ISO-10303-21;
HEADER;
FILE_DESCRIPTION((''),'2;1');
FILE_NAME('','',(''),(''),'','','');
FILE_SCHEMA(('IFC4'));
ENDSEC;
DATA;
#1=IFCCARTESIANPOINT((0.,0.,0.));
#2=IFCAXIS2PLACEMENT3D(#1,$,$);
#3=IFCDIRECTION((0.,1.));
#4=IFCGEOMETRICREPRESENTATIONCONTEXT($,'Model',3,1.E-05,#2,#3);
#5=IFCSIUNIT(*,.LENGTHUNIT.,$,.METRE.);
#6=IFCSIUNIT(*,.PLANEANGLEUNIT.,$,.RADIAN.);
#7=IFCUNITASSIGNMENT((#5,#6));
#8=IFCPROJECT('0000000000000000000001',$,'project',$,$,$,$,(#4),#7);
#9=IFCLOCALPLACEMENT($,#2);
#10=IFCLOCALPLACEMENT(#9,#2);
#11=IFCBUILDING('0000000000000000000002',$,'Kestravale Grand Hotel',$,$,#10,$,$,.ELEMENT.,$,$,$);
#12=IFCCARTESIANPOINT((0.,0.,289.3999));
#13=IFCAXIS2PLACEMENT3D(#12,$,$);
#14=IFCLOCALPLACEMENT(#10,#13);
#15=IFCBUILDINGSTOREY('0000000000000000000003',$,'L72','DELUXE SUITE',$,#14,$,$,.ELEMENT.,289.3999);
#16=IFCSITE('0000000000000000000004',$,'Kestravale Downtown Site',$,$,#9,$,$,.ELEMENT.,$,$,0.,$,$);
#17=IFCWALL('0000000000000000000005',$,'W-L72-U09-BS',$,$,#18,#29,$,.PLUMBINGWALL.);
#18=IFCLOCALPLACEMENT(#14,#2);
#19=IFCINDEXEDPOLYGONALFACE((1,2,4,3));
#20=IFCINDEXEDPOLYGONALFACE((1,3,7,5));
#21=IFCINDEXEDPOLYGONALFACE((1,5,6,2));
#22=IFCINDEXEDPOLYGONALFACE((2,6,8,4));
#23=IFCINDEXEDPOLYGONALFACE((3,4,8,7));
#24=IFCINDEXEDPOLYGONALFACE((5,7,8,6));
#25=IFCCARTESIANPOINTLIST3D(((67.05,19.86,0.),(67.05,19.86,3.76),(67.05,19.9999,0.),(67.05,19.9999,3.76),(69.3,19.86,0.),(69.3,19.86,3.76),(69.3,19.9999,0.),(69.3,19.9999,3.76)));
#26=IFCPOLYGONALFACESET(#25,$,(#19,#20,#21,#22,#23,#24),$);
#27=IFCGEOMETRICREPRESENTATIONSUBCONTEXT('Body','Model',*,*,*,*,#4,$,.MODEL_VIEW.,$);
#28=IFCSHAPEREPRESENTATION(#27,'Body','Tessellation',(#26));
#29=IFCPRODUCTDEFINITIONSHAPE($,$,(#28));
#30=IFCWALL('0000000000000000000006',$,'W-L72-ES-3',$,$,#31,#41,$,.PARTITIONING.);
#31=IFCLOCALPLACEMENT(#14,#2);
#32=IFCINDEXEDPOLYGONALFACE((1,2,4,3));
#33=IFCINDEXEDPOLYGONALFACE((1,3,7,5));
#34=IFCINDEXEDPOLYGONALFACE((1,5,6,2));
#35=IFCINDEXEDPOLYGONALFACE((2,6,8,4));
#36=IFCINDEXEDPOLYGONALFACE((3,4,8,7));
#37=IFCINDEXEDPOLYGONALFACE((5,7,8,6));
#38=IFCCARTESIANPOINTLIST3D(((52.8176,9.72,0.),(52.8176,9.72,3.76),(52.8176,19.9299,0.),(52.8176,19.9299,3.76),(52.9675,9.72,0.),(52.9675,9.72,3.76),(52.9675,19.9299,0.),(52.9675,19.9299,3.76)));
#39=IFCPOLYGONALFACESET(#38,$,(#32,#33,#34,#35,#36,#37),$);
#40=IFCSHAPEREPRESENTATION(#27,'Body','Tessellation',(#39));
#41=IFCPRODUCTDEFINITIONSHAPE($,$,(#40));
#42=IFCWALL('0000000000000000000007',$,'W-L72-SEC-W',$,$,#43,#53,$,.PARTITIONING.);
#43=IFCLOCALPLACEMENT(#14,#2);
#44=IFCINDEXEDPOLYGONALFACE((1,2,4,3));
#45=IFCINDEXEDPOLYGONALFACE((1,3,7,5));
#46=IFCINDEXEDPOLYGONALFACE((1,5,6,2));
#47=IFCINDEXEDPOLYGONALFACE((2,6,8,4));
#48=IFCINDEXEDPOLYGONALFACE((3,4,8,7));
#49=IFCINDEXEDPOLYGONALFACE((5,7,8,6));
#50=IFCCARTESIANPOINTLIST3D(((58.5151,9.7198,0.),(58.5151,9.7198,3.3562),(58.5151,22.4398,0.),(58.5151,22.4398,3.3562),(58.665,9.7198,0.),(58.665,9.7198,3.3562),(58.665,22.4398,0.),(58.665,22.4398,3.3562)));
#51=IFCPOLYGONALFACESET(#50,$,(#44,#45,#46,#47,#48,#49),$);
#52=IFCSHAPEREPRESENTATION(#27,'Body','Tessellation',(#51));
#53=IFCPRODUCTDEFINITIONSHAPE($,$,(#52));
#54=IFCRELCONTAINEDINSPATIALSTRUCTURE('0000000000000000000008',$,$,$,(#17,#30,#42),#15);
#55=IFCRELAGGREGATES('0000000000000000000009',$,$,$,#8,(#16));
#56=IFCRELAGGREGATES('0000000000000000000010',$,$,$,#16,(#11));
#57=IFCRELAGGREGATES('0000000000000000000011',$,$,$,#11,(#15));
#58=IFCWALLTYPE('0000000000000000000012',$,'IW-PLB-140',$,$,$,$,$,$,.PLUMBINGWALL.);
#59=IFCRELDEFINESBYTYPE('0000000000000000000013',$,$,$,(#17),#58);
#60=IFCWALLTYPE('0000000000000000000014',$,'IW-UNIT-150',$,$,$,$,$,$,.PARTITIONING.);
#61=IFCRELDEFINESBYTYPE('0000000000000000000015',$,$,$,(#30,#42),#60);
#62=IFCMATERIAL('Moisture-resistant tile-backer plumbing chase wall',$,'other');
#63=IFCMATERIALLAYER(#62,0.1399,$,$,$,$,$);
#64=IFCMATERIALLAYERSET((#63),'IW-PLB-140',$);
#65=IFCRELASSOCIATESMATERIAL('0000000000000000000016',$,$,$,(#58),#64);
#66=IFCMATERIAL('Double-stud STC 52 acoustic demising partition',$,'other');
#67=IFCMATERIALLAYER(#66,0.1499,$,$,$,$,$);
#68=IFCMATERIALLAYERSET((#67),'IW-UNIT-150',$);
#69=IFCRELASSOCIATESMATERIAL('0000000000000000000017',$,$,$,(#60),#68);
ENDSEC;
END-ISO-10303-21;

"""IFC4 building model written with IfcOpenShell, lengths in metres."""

from ifc_helpers import new_model, si_unit, direction, frame, frame_2d, origin, place, context, subcontext, project, spatial, rectangle, extrude, material, layer, layer_set, type_object, element, save


model = new_model("IFC4")

# Units and contexts
model_context = context("Model", 3, precision=1e-05, world=origin(), true_north=direction((0.0, 1.0)))
body_context = subcontext(model_context, "Body", "Model", "MODEL_VIEW")
ifc_project = project(units=[si_unit("LENGTHUNIT", "METRE"), si_unit("PLANEANGLEUNIT", "RADIAN")], contexts=[model_context])

# Site, building, storey
site_placement = place(None, origin())
site = spatial("IfcSite", under=ifc_project, at=site_placement, Name="Kestravale Downtown Site", CompositionType="ELEMENT", RefElevation=0.0)
building_placement = place(site_placement, origin())
building = spatial("IfcBuilding", under=site, at=building_placement, Name="Kestravale Grand Hotel", CompositionType="ELEMENT")
storey_placement = place(building_placement, frame((0.0, 0.0, 289.3999)))
storey = spatial("IfcBuildingStorey", under=building, at=storey_placement, Name="L72", Description="DELUXE SUITE", CompositionType="ELEMENT", Elevation=289.3999)

# Shared definitions
ifc_material_1 = material(Name="Moisture-resistant tile-backer plumbing chase wall", Category="other")
ifc_layer_1 = layer(ifc_material_1, 0.1399)
ifc_layer_set_1 = layer_set([ifc_layer_1], Name="IW-PLB-140")
wall_type_1 = type_object("IfcWallType", Name="IW-PLB-140", PredefinedType="PLUMBINGWALL", material=ifc_layer_set_1)

# Walls
wall_1_placement = place(storey_placement, frame((67.05, 19.9299, 0.0), z_axis=(0.0, 0.0, 1.0), x_axis=(1.0, 0.0, 0.0)))
element("IfcWall", 1, at=wall_1_placement, inside=storey, type_object=wall_type_1, Name="W-L72-U09-BS", PredefinedType="PLUMBINGWALL", context=body_context, shape_type="SweptSolid", body=[
    extrude(rectangle(XDim=2.25, YDim=0.1399, at=frame_2d((1.125, 0.0))), origin(), (0.0, 0.0, 1.0), 3.76),
])
ifc_material_2 = material(Name="Double-stud STC 52 acoustic demising partition", Category="other")
ifc_layer_2 = layer(ifc_material_2, 0.1499)
ifc_layer_set_2 = layer_set([ifc_layer_2], Name="IW-UNIT-150")
wall_type_2 = type_object("IfcWallType", Name="IW-UNIT-150", PredefinedType="PARTITIONING", material=ifc_layer_set_2)
wall_2_placement = place(storey_placement, frame((52.8926, 9.72, 0.0), z_axis=(0.0, 0.0, 1.0), x_axis=(0.0, 1.0, 0.0)))
element("IfcWall", 2, at=wall_2_placement, inside=storey, type_object=wall_type_2, Name="W-L72-ES-3", PredefinedType="PARTITIONING", context=body_context, shape_type="SweptSolid", body=[
    extrude(rectangle(XDim=10.21, YDim=0.1499, at=frame_2d((5.105, 0.0))), origin(), (0.0, 0.0, 1.0), 3.76),
])
wall_3_placement = place(storey_placement, frame((58.5901, 9.72, 0.0), z_axis=(0.0, 0.0, 1.0), x_axis=(0.0, 1.0, 0.0)))
element("IfcWall", 3, at=wall_3_placement, inside=storey, type_object=wall_type_2, Name="W-L72-SEC-W", PredefinedType="PARTITIONING", context=body_context, shape_type="SweptSolid", body=[
    extrude(rectangle(XDim=12.72, YDim=0.1499, at=frame_2d((6.3599, 0.0))), origin(), (0.0, 0.0, 1.0), 3.3562),
])

save(model, "model.ifc")
